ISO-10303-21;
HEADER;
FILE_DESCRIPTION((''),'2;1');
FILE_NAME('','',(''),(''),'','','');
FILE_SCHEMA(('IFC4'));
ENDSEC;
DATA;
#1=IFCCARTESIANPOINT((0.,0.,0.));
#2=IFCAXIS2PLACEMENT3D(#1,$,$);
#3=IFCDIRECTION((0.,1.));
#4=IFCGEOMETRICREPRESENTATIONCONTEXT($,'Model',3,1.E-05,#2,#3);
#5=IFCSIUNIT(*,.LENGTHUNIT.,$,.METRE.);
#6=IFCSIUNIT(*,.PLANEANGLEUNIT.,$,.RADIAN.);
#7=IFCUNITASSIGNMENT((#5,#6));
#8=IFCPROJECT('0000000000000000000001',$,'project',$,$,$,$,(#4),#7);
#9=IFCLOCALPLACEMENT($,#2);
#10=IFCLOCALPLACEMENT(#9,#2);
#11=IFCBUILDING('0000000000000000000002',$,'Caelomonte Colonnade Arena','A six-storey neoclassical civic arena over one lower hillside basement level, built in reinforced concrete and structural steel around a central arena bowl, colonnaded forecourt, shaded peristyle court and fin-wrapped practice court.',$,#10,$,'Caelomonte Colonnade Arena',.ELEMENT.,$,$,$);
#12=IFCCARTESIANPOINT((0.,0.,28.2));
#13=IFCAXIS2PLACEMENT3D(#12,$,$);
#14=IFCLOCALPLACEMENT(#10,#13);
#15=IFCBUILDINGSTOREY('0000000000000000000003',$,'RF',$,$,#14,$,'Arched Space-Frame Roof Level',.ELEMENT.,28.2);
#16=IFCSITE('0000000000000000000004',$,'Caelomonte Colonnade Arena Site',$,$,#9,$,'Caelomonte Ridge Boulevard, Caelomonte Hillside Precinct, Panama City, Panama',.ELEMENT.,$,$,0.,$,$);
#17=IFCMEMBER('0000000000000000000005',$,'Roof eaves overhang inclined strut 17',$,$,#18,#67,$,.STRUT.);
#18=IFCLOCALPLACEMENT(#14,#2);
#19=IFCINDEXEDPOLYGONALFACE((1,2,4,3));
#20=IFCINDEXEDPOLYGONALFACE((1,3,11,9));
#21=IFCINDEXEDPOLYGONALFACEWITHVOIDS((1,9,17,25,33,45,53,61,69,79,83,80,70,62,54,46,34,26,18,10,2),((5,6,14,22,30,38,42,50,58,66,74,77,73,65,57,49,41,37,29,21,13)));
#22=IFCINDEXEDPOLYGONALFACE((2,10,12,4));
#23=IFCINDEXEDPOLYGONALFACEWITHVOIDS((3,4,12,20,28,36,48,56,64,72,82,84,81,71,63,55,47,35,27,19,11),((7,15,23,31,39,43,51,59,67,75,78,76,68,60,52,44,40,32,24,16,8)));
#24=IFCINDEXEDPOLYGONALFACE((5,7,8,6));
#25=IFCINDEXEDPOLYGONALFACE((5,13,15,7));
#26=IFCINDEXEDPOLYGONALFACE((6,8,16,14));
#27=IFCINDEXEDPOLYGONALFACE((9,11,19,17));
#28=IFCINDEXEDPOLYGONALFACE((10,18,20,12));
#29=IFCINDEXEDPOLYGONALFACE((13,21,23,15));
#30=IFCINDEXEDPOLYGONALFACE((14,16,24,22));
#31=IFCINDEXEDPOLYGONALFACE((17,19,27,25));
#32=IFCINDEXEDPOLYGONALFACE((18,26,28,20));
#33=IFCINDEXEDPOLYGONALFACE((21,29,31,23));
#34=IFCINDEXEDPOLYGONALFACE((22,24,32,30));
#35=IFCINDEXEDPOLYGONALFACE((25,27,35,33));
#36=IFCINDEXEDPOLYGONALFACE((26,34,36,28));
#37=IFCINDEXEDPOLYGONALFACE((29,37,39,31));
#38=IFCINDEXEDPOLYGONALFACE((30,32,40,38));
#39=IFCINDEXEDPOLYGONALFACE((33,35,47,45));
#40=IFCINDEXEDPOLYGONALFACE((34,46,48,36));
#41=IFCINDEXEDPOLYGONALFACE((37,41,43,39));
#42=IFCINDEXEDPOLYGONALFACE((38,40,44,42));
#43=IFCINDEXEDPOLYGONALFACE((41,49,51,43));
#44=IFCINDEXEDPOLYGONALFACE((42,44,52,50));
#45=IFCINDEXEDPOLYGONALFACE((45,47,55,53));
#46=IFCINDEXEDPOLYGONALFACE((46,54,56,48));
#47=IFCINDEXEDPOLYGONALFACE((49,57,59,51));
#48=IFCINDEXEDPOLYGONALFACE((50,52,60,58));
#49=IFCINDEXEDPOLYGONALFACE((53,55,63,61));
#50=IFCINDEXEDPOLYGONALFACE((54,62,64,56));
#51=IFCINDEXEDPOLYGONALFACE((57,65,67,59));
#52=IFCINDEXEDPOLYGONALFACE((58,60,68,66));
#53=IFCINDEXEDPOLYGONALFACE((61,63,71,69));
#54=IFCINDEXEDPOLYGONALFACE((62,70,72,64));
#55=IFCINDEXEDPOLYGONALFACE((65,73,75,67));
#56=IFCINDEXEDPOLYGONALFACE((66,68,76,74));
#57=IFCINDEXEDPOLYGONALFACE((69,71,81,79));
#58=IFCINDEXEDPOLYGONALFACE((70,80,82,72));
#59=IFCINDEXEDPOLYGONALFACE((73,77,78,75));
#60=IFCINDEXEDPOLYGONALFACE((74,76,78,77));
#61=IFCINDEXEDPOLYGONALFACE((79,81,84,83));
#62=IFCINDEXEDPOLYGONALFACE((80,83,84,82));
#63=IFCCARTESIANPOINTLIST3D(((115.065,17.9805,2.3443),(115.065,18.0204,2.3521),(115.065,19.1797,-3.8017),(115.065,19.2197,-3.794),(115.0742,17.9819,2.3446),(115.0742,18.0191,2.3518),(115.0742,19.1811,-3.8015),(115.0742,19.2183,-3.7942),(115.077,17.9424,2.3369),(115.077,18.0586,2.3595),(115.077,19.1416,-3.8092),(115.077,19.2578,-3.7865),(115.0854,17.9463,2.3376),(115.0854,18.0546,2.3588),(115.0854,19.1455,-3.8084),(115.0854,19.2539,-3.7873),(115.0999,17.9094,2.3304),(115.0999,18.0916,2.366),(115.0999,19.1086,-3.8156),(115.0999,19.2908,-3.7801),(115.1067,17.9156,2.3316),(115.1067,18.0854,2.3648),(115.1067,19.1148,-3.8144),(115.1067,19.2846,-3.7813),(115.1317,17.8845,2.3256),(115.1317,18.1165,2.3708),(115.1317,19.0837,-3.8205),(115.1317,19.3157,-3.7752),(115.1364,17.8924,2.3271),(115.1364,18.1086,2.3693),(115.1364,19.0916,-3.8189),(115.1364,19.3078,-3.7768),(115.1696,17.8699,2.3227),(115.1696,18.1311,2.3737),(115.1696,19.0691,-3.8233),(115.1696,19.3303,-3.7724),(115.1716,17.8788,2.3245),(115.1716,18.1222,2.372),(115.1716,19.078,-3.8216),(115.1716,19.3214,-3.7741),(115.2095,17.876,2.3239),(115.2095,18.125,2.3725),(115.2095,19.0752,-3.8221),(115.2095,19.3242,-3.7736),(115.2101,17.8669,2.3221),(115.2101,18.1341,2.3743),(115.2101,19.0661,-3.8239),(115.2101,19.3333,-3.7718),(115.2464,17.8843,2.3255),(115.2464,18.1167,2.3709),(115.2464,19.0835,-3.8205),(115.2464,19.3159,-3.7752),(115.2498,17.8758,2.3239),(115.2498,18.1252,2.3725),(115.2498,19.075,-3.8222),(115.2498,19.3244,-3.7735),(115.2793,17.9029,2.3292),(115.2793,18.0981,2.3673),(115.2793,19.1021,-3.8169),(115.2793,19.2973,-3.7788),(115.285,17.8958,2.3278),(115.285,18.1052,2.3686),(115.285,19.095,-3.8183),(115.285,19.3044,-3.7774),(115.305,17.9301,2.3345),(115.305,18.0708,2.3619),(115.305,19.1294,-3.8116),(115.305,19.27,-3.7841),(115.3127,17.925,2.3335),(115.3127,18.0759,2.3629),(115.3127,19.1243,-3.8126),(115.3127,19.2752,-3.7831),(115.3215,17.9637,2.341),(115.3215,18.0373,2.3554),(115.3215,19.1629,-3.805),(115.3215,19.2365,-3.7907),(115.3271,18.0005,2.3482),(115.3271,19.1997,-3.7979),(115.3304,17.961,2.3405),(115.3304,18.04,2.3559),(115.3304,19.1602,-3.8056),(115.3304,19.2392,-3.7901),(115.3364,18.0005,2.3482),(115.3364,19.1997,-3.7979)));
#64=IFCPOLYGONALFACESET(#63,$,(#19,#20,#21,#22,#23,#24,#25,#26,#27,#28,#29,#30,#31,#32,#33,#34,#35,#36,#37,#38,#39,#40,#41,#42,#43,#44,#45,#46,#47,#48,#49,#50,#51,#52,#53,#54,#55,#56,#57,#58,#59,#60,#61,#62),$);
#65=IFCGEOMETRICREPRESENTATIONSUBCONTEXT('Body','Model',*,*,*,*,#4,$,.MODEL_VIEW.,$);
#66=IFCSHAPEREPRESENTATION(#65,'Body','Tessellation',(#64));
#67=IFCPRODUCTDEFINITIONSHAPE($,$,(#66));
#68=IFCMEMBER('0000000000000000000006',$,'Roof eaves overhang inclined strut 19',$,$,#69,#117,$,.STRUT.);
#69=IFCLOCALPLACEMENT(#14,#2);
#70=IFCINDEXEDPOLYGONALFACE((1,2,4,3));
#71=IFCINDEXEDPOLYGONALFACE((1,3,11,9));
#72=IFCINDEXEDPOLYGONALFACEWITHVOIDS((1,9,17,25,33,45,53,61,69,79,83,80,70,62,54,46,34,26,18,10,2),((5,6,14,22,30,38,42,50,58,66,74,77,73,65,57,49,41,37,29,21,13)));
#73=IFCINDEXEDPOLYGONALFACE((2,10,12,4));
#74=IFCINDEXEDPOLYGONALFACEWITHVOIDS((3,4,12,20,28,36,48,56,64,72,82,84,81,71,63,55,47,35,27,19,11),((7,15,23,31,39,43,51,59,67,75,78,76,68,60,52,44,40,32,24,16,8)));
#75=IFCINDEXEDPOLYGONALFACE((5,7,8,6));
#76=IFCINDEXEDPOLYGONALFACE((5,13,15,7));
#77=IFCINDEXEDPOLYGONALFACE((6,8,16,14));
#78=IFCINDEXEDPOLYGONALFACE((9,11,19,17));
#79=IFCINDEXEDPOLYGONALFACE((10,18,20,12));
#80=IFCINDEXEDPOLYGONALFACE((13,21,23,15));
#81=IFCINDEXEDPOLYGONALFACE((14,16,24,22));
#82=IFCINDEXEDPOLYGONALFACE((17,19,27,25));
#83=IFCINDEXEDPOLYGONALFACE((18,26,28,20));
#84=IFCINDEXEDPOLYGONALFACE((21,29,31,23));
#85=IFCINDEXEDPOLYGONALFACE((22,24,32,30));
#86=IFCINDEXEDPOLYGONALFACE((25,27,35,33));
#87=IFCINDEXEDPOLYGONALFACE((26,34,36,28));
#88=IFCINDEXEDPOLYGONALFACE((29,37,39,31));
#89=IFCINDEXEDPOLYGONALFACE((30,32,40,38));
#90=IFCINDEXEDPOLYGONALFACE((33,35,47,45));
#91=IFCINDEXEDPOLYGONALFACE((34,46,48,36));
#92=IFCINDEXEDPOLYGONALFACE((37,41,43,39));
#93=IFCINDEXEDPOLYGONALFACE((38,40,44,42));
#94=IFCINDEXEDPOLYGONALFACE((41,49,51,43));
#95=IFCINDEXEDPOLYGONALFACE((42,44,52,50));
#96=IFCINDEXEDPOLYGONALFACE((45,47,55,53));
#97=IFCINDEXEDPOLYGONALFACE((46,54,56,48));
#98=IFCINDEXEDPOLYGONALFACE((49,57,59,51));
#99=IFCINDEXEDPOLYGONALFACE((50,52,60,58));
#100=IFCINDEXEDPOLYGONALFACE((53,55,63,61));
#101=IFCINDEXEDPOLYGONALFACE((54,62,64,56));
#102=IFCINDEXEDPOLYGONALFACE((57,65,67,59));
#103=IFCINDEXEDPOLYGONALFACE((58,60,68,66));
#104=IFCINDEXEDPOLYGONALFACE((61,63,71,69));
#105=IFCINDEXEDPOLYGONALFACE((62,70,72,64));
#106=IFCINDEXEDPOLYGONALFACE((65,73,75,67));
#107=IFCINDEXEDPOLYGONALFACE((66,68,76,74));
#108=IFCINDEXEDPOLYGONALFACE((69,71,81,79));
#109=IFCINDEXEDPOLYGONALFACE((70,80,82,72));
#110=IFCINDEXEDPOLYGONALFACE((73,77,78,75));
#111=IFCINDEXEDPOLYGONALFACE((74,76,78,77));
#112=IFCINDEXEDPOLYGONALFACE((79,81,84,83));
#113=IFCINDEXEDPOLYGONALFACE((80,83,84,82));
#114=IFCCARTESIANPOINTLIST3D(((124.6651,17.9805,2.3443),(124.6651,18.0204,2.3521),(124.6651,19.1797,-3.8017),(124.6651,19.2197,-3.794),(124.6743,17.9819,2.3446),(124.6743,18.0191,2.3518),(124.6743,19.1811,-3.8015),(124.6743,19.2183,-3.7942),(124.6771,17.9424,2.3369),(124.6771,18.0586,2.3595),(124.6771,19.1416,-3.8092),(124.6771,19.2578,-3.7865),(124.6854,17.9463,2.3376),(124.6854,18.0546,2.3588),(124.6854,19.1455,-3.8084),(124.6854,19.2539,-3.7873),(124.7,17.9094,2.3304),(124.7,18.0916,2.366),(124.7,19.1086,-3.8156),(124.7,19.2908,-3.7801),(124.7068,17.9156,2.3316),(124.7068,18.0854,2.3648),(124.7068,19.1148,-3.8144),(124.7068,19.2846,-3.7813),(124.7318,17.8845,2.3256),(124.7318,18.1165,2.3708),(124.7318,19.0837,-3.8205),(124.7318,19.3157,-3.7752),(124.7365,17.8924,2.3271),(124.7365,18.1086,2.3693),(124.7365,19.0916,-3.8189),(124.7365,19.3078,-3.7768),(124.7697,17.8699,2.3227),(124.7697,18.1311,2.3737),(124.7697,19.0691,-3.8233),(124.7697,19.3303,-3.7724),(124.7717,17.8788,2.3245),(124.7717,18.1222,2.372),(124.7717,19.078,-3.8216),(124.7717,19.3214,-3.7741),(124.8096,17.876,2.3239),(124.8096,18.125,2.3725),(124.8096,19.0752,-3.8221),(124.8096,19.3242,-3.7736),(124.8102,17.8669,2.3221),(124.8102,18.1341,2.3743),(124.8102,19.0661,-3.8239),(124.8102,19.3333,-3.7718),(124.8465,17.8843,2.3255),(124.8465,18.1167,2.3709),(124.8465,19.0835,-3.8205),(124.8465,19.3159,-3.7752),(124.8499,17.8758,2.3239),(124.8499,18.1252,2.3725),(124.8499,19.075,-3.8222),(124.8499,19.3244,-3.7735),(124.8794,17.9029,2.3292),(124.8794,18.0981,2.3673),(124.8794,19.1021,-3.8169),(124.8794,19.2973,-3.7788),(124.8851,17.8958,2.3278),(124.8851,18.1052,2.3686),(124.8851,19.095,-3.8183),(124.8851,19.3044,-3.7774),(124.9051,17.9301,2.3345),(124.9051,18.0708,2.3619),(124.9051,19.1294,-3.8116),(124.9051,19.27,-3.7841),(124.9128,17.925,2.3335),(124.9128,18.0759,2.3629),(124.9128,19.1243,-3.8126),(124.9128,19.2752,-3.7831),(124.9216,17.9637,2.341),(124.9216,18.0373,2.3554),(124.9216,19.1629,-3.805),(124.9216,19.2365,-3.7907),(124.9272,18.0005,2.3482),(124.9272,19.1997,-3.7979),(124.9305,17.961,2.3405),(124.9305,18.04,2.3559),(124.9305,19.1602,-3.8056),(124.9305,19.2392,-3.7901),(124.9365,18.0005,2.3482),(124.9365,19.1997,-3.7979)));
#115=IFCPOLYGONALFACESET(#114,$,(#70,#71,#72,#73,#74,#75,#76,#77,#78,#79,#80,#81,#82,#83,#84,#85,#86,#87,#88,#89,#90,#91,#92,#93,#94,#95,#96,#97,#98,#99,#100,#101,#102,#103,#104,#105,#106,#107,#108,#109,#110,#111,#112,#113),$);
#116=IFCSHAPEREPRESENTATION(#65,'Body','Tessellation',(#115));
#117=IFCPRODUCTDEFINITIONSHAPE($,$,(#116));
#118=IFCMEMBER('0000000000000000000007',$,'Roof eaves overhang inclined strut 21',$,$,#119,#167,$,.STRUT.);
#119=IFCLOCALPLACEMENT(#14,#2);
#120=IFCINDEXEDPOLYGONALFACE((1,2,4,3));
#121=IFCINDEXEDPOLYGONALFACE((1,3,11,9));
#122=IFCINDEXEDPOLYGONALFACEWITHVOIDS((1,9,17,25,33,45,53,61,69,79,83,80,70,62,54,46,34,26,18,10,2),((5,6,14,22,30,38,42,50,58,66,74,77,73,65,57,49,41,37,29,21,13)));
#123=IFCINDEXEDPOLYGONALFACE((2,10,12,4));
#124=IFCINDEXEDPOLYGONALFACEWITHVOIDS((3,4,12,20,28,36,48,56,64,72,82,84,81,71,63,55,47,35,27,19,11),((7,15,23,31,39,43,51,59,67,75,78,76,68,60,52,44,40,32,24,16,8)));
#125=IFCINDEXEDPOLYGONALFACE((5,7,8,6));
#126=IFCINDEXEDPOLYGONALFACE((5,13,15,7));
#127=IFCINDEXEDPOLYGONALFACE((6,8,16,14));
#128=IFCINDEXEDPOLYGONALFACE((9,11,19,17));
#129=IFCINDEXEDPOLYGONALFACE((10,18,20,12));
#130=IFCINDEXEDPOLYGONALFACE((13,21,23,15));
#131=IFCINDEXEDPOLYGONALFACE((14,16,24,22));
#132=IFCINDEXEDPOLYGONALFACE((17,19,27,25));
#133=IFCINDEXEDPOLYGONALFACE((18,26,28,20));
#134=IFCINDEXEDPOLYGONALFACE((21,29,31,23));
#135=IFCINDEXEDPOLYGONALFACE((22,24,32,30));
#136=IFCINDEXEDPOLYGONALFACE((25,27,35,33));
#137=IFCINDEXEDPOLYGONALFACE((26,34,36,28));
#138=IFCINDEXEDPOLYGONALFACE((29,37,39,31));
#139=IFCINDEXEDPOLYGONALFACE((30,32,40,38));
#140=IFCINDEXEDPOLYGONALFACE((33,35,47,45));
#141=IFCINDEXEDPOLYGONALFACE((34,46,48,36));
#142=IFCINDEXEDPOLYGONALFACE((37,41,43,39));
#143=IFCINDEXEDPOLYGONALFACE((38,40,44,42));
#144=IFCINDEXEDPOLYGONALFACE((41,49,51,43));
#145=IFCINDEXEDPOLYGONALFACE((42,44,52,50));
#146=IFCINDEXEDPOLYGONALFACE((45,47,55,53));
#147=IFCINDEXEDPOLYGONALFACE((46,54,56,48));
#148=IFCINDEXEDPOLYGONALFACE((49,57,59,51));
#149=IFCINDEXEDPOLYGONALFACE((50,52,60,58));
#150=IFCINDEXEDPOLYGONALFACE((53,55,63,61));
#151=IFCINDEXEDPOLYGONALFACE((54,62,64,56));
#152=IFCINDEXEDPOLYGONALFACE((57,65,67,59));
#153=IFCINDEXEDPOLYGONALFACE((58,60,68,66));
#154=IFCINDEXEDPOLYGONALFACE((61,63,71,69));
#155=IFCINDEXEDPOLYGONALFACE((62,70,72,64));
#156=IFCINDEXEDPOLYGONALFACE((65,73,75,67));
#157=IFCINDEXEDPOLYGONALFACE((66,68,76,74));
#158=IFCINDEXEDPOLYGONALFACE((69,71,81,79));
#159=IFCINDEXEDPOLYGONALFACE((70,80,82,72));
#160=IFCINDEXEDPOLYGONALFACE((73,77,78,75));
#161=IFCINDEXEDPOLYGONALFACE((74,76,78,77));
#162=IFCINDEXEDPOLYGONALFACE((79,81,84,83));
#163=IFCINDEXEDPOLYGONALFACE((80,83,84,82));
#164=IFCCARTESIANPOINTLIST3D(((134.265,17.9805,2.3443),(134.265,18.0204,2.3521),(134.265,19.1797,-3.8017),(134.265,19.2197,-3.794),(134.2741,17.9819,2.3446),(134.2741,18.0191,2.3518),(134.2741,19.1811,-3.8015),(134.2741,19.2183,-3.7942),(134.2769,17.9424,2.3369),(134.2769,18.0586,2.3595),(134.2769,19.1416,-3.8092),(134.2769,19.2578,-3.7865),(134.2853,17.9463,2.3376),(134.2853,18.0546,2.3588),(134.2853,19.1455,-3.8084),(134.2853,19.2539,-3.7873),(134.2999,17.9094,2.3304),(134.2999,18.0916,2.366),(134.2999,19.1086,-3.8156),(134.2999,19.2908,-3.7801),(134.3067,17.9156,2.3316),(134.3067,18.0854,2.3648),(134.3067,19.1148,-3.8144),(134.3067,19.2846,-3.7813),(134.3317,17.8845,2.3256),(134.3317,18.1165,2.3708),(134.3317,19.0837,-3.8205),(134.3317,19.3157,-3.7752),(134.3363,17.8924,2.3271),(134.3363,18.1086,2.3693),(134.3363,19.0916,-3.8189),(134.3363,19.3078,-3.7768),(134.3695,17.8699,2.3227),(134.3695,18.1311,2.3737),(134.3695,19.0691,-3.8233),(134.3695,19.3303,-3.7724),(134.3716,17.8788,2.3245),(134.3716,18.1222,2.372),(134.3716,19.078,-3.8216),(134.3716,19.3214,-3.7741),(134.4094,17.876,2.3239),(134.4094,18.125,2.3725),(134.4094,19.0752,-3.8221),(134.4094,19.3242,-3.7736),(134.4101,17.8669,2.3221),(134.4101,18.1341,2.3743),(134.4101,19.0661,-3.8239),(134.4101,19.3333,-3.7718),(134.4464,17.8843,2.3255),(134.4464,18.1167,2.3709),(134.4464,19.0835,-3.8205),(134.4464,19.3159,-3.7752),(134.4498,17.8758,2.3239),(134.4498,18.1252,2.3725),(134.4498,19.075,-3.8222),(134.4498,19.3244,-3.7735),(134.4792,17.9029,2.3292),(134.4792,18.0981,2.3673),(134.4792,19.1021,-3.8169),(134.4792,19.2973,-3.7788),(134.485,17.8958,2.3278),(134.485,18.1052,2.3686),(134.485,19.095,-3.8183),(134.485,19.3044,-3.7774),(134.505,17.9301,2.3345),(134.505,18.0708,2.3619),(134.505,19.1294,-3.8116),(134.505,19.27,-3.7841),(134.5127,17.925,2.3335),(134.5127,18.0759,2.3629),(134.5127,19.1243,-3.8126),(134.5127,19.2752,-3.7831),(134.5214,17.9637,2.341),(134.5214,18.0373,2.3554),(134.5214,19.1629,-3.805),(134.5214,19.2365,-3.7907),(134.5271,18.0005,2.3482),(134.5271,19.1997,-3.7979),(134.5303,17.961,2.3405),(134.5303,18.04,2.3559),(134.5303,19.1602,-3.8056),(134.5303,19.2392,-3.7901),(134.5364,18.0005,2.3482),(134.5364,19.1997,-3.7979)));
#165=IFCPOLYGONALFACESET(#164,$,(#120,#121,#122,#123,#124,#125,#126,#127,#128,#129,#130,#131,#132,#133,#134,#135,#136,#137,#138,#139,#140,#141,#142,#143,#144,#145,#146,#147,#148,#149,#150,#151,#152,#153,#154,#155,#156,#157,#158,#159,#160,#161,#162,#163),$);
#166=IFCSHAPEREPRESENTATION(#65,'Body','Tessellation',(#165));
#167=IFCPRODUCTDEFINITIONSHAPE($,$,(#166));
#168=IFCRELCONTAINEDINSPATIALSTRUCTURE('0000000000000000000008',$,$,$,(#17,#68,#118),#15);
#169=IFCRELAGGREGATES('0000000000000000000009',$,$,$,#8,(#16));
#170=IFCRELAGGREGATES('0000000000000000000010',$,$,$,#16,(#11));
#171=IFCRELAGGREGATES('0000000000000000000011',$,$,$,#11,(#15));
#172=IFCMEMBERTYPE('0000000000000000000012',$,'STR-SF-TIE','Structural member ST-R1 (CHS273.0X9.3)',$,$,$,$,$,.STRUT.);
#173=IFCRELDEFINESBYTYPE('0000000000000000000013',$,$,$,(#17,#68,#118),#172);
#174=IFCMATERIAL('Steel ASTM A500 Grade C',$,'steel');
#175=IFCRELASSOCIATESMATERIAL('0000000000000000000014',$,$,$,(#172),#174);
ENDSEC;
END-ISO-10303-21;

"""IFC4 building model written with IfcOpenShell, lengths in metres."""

from ifc_helpers import new_model, si_unit, direction, frame, origin, origin_2d, place, context, subcontext, project, spatial, hollow_circle, extrude, material, material_profile, profile_set, type_object, element, save


model = new_model("IFC4")

# Units and contexts
model_context = context("Model", 3, precision=1e-05, world=origin(), true_north=direction((0.0, 1.0)))
body_context = subcontext(model_context, "Body", "Model", "MODEL_VIEW")
ifc_project = project(units=[si_unit("LENGTHUNIT", "METRE"), si_unit("PLANEANGLEUNIT", "RADIAN")], contexts=[model_context])

# Site, building, storey
site_placement = place(None, origin())
site = spatial("IfcSite", under=ifc_project, at=site_placement, Name="Caelomonte Colonnade Arena Site", LongName="Caelomonte Ridge Boulevard, Caelomonte Hillside Precinct, Panama City, Panama", CompositionType="ELEMENT", RefElevation=0.0)
building_placement = place(site_placement, origin())
building = spatial("IfcBuilding", under=site, at=building_placement, Name="Caelomonte Colonnade Arena", Description="A six-storey neoclassical civic arena over one lower hillside basement level, built in reinforced concrete and structural steel around a central arena bowl, colonnaded forecourt, shaded peristyle court and fin-wrapped practice court.", LongName="Caelomonte Colonnade Arena", CompositionType="ELEMENT")
storey_placement = place(building_placement, frame((0.0, 0.0, 28.2)))
storey = spatial("IfcBuildingStorey", under=building, at=storey_placement, Name="RF", LongName="Arched Space-Frame Roof Level", CompositionType="ELEMENT", Elevation=28.2)

# Members
ifc_material_1 = material(Name="Steel ASTM A500 Grade C", Category="steel")
ifc_material_profile_1 = material_profile(ifc_material_1, hollow_circle(Radius=0.1365, WallThickness=0.0093, at=origin_2d()), Name="CHS273.0X9.3")
ifc_profile_set_1 = profile_set([ifc_material_profile_1], Name="Steel ASTM A500 Grade C")
member_type_1 = type_object("IfcMemberType", Name="STR-SF-TIE", Description="Structural member ST-R1 (CHS273.0X9.3)", PredefinedType="STRUT", material=ifc_profile_set_1)
for number, where, z_axis, x_axis, name in (
    (1, (115.2, 19.1997, -3.7979), (0.0, -0.19151, 0.981491), (1.0, 0.0, 0.0), "Roof eaves overhang inclined strut 17"),
    (2, (124.8, 19.1997, -3.7979), (0.0, -0.19151, 0.981491), (1.0, 0.0, 0.0), "Roof eaves overhang inclined strut 19"),
    (3, (134.3999, 19.1997, -3.7979), (0.0, -0.19151, 0.981491), (1.0, 0.0, 0.0), "Roof eaves overhang inclined strut 21"),
):
    element("IfcMember", number, at=place(storey_placement, frame(where, z_axis=z_axis, x_axis=x_axis)), inside=storey, type_object=member_type_1, Name=name, PredefinedType="STRUT", context=body_context, shape_type="SweptSolid", body=[
        extrude(hollow_circle(Radius=0.1365, WallThickness=0.0093, at=origin_2d()), origin(), (0.0, 0.0, 1.0), 6.262),
    ])

save(model, "model.ifc")
